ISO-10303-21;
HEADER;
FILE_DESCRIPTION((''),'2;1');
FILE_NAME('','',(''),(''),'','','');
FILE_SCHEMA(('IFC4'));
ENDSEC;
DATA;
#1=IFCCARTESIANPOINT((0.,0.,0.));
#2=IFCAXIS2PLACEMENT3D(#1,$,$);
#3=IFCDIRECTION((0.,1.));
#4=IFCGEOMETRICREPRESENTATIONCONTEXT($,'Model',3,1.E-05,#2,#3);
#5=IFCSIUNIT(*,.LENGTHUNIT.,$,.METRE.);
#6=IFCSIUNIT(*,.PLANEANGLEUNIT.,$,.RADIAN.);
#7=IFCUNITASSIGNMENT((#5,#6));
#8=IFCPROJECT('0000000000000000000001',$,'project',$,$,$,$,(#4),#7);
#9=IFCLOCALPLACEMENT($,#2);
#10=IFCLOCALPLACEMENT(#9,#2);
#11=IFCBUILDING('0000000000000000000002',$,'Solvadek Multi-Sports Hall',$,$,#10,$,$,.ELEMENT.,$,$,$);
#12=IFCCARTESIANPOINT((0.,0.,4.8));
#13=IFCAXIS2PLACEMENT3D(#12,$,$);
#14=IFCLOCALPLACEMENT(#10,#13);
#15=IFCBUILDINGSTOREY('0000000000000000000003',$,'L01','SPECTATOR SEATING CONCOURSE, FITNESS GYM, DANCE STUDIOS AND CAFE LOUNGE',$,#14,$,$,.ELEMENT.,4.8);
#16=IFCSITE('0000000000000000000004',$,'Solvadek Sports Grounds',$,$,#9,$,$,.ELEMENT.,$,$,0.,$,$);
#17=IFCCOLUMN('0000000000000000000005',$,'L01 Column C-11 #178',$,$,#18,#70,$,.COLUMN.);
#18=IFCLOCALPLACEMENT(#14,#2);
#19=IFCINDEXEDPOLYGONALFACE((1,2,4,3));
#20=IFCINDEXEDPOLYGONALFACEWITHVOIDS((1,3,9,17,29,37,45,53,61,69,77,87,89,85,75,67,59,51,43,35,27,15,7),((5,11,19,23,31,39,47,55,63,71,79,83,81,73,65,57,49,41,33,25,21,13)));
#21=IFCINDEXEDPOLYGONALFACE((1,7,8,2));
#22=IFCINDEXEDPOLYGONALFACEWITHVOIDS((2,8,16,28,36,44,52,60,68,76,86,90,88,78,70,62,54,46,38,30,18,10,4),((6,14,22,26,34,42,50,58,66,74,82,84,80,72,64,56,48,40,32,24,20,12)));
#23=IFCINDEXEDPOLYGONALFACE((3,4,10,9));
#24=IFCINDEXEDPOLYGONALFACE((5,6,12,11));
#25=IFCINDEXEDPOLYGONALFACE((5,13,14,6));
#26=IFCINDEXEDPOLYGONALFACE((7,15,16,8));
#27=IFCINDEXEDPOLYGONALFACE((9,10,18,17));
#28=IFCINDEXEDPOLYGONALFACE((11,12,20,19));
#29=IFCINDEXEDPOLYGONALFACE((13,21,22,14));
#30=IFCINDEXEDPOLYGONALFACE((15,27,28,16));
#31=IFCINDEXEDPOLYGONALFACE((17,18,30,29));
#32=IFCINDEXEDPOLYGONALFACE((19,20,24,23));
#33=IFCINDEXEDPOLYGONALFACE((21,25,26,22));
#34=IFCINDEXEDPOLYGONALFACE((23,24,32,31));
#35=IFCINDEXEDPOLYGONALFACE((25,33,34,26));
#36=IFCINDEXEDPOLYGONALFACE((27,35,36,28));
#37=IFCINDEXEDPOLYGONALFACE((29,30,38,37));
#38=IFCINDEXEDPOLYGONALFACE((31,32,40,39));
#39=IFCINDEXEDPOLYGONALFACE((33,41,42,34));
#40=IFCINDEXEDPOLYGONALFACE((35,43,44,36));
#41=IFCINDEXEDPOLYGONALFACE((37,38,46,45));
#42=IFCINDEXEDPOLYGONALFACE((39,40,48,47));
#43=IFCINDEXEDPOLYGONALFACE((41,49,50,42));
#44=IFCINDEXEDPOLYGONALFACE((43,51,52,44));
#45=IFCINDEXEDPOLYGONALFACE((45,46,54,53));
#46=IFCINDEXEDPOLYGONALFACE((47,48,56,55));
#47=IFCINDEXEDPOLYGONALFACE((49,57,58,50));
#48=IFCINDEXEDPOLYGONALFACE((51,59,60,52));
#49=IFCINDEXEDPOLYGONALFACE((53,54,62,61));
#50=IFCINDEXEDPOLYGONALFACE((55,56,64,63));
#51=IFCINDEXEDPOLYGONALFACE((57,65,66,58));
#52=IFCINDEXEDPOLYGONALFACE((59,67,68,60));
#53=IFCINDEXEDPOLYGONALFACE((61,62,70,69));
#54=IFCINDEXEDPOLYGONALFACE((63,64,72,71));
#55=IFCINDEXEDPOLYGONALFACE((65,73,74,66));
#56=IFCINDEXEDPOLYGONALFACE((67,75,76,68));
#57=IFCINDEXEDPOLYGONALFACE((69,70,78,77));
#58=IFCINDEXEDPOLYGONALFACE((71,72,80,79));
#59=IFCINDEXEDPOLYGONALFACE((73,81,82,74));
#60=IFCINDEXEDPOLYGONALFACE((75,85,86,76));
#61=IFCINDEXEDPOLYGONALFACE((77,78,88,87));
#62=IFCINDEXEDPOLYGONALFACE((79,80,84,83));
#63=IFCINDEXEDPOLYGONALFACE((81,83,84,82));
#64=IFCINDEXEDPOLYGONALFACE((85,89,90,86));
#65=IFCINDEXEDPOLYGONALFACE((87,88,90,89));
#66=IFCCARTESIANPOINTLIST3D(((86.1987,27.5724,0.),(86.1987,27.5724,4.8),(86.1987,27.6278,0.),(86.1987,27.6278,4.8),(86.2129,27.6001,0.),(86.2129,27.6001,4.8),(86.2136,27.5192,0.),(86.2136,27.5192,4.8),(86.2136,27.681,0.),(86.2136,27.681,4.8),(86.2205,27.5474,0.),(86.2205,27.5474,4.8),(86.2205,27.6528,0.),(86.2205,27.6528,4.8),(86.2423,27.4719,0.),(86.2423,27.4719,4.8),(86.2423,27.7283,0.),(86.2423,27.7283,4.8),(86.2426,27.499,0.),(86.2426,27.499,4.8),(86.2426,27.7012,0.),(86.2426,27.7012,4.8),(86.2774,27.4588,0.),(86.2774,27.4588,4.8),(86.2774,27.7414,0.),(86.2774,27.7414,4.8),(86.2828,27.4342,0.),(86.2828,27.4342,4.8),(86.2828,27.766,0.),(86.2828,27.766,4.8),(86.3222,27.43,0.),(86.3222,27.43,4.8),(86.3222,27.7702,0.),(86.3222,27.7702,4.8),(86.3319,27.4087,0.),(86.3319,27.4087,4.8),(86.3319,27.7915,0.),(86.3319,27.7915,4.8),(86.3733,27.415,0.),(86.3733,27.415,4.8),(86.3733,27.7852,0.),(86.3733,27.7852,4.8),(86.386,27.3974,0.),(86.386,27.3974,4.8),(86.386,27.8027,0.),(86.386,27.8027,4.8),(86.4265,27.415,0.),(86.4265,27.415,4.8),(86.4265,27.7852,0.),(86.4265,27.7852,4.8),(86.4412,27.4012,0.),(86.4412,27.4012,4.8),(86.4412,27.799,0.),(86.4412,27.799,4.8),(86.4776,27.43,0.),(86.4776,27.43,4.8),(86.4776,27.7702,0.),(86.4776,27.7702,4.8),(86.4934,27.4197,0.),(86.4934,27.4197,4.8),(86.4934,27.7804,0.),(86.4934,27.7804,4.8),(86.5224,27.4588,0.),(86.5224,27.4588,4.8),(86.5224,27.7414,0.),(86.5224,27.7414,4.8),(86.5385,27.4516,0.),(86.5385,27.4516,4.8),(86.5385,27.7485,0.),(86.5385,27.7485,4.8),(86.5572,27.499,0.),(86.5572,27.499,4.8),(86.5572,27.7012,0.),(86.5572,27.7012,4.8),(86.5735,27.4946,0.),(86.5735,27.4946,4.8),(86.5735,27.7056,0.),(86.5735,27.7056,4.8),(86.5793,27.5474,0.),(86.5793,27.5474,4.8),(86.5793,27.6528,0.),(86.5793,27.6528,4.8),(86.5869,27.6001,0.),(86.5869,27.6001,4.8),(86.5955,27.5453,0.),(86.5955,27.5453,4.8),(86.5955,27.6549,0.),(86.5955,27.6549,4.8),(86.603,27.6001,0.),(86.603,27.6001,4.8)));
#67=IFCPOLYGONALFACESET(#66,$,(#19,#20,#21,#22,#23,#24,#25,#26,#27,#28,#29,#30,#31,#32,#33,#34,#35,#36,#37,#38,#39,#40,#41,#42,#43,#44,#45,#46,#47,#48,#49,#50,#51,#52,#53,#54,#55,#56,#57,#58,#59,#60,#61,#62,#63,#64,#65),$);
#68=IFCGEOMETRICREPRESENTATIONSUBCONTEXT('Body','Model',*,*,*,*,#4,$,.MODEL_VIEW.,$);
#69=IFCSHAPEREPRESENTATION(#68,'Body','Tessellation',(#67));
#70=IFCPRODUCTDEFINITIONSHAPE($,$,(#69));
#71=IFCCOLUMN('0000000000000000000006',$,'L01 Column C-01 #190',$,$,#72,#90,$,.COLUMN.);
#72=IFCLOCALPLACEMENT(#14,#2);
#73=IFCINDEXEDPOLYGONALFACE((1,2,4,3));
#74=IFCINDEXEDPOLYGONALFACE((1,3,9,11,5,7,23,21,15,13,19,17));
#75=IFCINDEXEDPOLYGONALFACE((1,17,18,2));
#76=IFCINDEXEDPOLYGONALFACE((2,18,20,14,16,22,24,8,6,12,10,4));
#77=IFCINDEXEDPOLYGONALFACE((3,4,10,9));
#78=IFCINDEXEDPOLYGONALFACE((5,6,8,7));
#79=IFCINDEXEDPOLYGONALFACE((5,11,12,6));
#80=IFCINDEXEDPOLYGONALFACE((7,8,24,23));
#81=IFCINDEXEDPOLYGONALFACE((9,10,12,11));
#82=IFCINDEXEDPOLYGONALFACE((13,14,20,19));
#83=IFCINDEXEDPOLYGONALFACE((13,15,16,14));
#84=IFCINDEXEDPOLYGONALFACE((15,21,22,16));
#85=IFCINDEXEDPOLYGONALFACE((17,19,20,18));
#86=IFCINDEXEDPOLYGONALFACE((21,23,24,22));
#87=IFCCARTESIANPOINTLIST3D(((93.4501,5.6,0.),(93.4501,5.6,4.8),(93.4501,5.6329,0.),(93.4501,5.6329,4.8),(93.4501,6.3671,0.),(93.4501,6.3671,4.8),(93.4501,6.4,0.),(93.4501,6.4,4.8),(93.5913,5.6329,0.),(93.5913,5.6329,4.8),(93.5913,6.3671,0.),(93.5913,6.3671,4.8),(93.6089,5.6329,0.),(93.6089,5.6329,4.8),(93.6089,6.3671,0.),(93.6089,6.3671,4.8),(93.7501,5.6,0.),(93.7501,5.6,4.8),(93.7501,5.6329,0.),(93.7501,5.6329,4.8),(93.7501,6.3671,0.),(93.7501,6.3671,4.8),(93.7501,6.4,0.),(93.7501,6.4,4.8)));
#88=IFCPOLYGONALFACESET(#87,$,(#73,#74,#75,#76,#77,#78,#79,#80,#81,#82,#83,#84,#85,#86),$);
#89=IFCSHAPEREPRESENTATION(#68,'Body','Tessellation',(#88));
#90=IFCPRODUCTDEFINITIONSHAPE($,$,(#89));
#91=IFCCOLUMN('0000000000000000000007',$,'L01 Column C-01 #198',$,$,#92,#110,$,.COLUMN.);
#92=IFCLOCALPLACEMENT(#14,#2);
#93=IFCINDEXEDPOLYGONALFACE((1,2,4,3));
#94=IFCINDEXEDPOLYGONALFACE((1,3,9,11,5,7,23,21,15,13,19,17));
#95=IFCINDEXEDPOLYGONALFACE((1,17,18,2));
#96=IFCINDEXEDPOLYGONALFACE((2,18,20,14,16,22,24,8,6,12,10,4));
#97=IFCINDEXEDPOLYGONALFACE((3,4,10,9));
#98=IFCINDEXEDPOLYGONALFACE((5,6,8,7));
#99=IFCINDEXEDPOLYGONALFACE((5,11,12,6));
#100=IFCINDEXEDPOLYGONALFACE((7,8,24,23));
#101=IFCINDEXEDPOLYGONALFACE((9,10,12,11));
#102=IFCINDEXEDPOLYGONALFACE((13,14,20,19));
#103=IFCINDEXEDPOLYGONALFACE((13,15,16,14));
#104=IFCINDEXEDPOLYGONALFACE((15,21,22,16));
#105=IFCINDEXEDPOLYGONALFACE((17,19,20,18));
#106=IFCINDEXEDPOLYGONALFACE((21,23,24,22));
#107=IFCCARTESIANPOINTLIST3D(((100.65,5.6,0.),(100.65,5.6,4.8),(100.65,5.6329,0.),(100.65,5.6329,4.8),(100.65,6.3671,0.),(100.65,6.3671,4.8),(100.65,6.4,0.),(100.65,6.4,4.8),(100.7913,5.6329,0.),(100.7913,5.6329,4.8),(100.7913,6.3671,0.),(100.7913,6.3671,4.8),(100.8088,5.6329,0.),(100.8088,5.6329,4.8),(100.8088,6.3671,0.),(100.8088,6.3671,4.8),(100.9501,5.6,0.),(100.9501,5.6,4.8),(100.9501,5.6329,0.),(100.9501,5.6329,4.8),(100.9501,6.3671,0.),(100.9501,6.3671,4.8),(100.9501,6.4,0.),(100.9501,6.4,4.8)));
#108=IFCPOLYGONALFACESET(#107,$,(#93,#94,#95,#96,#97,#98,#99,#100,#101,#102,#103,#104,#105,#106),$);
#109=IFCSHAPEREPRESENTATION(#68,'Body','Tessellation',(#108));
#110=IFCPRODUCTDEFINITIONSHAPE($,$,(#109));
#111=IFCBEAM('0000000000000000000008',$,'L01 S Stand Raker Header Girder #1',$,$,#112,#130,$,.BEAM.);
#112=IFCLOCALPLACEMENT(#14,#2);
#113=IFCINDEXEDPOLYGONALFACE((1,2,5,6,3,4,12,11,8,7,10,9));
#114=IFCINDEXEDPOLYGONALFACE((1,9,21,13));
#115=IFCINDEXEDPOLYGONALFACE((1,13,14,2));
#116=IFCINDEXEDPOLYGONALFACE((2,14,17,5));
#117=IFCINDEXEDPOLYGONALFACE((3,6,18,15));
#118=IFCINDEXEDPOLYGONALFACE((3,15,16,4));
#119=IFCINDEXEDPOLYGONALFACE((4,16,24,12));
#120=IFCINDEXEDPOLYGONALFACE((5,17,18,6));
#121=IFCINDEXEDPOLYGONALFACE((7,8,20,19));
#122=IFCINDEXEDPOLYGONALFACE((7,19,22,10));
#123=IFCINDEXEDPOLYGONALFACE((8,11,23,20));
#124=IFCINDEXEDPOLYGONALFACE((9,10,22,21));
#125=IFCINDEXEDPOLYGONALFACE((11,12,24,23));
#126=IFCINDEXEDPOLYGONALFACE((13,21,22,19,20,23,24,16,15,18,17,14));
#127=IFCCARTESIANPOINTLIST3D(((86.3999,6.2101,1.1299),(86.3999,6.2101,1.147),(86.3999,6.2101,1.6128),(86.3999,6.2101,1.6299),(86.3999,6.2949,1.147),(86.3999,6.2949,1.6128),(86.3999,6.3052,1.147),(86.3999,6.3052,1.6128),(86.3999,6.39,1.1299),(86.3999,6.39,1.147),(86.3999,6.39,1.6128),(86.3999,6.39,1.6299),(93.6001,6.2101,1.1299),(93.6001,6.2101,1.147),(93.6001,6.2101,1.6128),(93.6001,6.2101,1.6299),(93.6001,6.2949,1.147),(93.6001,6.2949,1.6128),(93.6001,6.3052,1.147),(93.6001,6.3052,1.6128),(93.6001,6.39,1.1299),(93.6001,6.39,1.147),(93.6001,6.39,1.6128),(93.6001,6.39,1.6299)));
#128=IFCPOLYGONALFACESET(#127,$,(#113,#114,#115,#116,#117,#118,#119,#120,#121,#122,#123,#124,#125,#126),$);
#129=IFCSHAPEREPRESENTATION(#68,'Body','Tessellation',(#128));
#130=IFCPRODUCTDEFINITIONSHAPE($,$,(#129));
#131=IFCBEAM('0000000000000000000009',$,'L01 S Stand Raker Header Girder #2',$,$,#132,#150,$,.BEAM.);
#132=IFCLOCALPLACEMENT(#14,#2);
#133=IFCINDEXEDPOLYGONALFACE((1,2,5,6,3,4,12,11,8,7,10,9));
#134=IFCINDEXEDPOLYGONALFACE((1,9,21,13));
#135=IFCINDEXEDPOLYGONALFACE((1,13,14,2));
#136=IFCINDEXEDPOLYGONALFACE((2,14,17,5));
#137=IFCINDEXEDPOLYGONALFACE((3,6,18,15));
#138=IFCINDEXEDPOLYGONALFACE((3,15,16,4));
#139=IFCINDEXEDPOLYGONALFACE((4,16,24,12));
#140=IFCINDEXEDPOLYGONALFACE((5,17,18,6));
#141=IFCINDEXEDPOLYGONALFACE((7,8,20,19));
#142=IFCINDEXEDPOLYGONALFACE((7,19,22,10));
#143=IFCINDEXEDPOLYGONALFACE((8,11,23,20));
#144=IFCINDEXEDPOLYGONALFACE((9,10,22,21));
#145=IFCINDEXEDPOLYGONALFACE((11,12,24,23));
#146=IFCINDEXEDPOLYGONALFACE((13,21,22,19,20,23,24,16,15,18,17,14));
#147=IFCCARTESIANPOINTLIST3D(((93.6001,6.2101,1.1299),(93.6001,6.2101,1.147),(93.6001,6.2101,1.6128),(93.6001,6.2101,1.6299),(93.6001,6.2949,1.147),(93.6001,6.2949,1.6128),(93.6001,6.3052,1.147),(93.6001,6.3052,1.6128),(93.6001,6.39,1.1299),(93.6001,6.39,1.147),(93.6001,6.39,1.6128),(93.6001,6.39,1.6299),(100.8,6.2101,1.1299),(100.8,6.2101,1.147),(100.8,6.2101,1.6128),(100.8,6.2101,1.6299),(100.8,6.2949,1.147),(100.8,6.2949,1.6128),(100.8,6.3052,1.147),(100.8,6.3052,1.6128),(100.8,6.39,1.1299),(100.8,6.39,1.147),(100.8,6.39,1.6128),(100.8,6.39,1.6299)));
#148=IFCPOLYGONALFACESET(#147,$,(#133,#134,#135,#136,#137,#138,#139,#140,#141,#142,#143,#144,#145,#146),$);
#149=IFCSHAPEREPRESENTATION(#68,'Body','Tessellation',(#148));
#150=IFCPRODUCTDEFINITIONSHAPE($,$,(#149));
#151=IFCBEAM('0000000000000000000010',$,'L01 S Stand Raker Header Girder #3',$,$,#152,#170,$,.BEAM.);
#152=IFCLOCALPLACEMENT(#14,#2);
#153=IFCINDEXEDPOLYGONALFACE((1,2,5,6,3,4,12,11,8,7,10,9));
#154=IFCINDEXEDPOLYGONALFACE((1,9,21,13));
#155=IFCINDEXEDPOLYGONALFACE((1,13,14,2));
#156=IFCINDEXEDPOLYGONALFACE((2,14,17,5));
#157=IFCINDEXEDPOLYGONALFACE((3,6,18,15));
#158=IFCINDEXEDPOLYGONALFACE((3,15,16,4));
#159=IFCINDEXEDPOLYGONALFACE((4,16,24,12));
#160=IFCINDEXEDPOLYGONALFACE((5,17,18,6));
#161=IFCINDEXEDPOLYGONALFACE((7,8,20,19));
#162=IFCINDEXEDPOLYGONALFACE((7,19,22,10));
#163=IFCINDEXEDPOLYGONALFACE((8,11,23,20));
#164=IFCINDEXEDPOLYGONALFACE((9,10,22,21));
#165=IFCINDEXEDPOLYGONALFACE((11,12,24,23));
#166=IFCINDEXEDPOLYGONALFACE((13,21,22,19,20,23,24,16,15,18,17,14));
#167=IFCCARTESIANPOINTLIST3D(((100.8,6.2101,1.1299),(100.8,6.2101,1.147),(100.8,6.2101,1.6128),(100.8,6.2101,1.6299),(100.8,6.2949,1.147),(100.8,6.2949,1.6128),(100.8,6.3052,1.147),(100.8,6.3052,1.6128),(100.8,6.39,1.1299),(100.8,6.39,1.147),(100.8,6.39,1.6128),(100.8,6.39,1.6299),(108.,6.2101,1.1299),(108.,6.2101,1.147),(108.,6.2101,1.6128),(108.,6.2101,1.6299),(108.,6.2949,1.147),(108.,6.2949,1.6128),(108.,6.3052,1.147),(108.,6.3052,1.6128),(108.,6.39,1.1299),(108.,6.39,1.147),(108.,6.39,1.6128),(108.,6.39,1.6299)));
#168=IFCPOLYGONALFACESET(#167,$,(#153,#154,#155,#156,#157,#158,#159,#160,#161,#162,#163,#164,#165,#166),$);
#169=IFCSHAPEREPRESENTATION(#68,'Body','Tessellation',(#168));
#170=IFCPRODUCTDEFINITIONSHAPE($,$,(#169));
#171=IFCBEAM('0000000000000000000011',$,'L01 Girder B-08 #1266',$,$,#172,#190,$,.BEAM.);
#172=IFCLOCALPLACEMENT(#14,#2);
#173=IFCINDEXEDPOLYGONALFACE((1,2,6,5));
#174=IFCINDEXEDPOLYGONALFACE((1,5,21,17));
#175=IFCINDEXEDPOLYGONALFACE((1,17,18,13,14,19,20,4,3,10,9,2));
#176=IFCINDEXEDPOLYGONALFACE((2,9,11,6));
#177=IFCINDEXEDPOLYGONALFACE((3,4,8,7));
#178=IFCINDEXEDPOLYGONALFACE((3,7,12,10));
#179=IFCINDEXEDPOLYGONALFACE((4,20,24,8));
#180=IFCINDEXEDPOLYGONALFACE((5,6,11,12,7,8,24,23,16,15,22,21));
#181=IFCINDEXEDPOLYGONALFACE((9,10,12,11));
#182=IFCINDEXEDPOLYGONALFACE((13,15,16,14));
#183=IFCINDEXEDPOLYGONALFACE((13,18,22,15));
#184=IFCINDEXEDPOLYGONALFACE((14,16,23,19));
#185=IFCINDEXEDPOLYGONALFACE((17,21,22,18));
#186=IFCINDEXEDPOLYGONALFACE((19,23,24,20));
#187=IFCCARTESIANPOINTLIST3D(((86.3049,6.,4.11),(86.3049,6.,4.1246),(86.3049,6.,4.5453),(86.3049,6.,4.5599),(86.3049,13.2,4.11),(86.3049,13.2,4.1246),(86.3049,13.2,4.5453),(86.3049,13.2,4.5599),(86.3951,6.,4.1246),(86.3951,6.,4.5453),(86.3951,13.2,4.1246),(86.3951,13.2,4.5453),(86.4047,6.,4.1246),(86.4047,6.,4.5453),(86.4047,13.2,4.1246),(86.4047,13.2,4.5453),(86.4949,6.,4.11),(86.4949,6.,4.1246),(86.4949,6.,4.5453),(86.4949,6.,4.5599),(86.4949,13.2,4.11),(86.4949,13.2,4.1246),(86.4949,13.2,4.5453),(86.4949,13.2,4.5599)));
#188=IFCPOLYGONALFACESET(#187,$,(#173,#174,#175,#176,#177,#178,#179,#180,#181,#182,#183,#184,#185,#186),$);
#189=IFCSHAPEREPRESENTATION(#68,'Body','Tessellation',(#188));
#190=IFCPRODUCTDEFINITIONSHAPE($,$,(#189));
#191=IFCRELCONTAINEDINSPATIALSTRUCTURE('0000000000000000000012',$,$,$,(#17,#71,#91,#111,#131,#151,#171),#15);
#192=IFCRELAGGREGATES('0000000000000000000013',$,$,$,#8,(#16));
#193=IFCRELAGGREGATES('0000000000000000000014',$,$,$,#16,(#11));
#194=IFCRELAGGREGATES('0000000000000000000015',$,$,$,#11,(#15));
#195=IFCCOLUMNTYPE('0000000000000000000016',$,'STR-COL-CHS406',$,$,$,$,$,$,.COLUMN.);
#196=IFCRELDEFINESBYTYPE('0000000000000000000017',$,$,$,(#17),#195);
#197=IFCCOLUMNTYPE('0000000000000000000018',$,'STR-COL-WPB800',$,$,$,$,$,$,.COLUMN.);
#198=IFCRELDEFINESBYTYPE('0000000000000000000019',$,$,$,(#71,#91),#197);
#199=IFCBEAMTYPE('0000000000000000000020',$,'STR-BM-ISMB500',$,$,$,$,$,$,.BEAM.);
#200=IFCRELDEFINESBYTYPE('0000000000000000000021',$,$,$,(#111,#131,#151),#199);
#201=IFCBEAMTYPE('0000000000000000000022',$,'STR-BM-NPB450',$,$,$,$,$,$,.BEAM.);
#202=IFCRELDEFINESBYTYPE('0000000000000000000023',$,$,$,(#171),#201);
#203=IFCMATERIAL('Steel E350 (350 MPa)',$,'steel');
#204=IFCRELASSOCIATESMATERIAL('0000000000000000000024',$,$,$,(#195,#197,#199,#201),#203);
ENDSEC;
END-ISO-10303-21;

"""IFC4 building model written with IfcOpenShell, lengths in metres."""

from ifc_helpers import new_model, si_unit, direction, frame, origin, origin_2d, place, context, subcontext, project, spatial, hollow_circle, i_section, extrude, material, material_profile, profile_set, type_object, element, save


model = new_model("IFC4")

# Units and contexts
model_context = context("Model", 3, precision=1e-05, world=origin(), true_north=direction((0.0, 1.0)))
body_context = subcontext(model_context, "Body", "Model", "MODEL_VIEW")
ifc_project = project(units=[si_unit("LENGTHUNIT", "METRE"), si_unit("PLANEANGLEUNIT", "RADIAN")], contexts=[model_context])

# Site, building, storey
site_placement = place(None, origin())
site = spatial("IfcSite", under=ifc_project, at=site_placement, Name="Solvadek Sports Grounds", CompositionType="ELEMENT", RefElevation=0.0)
building_placement = place(site_placement, origin())
building = spatial("IfcBuilding", under=site, at=building_placement, Name="Solvadek Multi-Sports Hall", CompositionType="ELEMENT")
storey_placement = place(building_placement, frame((0.0, 0.0, 4.8)))
storey = spatial("IfcBuildingStorey", under=building, at=storey_placement, Name="L01", Description="SPECTATOR SEATING CONCOURSE, FITNESS GYM, DANCE STUDIOS AND CAFE LOUNGE", CompositionType="ELEMENT", Elevation=4.8)

# Columns
ifc_material_1 = material(Name="Steel E350 (350 MPa)", Category="steel")
ifc_material_profile_1 = material_profile(ifc_material_1, hollow_circle(Radius=0.2031, WallThickness=0.0161, at=origin_2d()), Name="CHS 406.4x16")
ifc_profile_set_1 = profile_set([ifc_material_profile_1], Name="Steel E350 (350 MPa)")
column_type_1 = type_object("IfcColumnType", Name="STR-COL-CHS406", PredefinedType="COLUMN", material=ifc_profile_set_1)
for number, where, z_axis, x_axis, name in (
    (1, (86.3999, 27.6001, 0.0), (0.0, 0.0, 1.0), (1.0, 0.0, 0.0), "L01 Column C-11 #178"),
):
    element("IfcColumn", number, at=place(storey_placement, frame(where, z_axis=z_axis, x_axis=x_axis)), inside=storey, type_object=column_type_1, Name=name, PredefinedType="COLUMN", context=body_context, shape_type="SweptSolid", body=[
        extrude(hollow_circle(Radius=0.2031, WallThickness=0.0161, at=origin_2d()), origin(), (0.0, 0.0, 1.0), 4.8),
    ])
ifc_material_profile_2 = material_profile(ifc_material_1, i_section(OverallWidth=0.3, OverallDepth=0.8, WebThickness=0.0176, FlangeThickness=0.033, at=origin_2d()), Name="WPB 800")
ifc_profile_set_2 = profile_set([ifc_material_profile_2], Name="Steel E350 (350 MPa)")
column_type_2 = type_object("IfcColumnType", Name="STR-COL-WPB800", PredefinedType="COLUMN", material=ifc_profile_set_2)
for number, where, z_axis, x_axis, name in (
    (2, (93.6001, 6.0, 0.0), (0.0, 0.0, 1.0), (1.0, 0.0, 0.0), "L01 Column C-01 #190"),
    (3, (100.8, 6.0, 0.0), (0.0, 0.0, 1.0), (1.0, 0.0, 0.0), "L01 Column C-01 #198"),
):
    element("IfcColumn", number, at=place(storey_placement, frame(where, z_axis=z_axis, x_axis=x_axis)), inside=storey, type_object=column_type_2, Name=name, PredefinedType="COLUMN", context=body_context, shape_type="SweptSolid", body=[
        extrude(i_section(OverallWidth=0.3, OverallDepth=0.8, WebThickness=0.0176, FlangeThickness=0.033, at=origin_2d()), origin(), (0.0, 0.0, 1.0), 4.8),
    ])

# Beams
ifc_material_profile_3 = material_profile(ifc_material_1, i_section(OverallWidth=0.1799, OverallDepth=0.5, WebThickness=0.0103, FlangeThickness=0.0171, at=origin_2d()), Name="ISMB 500")
ifc_profile_set_3 = profile_set([ifc_material_profile_3], Name="Steel E350 (350 MPa)")
beam_type_1 = type_object("IfcBeamType", Name="STR-BM-ISMB500", PredefinedType="BEAM", material=ifc_profile_set_3)
beam_1_placement = place(storey_placement, frame((86.3999, 6.3, 1.3799), z_axis=(1.0, 0.0, 0.0), x_axis=(0.0, 1.0, 0.0)))
element("IfcBeam", 4, at=beam_1_placement, inside=storey, type_object=beam_type_1, Name="L01 S Stand Raker Header Girder #1", PredefinedType="BEAM", context=body_context, shape_type="SweptSolid", body=[
    extrude(i_section(OverallWidth=0.1799, OverallDepth=0.5, WebThickness=0.0103, FlangeThickness=0.0171, at=origin_2d()), origin(), (0.0, 0.0, 1.0), 7.2002),
])
for number, where, z_axis, x_axis, name in (
    (5, (93.6001, 6.3, 1.3799), (1.0, 0.0, 0.0), (0.0, 1.0, 0.0), "L01 S Stand Raker Header Girder #2"),
    (6, (100.8, 6.3, 1.3799), (1.0, 0.0, 0.0), (0.0, 1.0, 0.0), "L01 S Stand Raker Header Girder #3"),
):
    element("IfcBeam", number, at=place(storey_placement, frame(where, z_axis=z_axis, x_axis=x_axis)), inside=storey, type_object=beam_type_1, Name=name, PredefinedType="BEAM", context=body_context, shape_type="SweptSolid", body=[
        extrude(i_section(OverallWidth=0.1799, OverallDepth=0.5, WebThickness=0.0103, FlangeThickness=0.0171, at=origin_2d()), origin(), (0.0, 0.0, 1.0), 7.2),
    ])
ifc_material_profile_4 = material_profile(ifc_material_1, i_section(OverallWidth=0.1899, OverallDepth=0.45, WebThickness=0.0095, FlangeThickness=0.0146, at=origin_2d()), Name="NPB 450")
ifc_profile_set_4 = profile_set([ifc_material_profile_4], Name="Steel E350 (350 MPa)")
beam_type_2 = type_object("IfcBeamType", Name="STR-BM-NPB450", PredefinedType="BEAM", material=ifc_profile_set_4)
for number, where, z_axis, x_axis, name in (
    (7, (86.3999, 6.0, 4.335), (0.0, 1.0, 0.0), (-1.0, 0.0, 0.0), "L01 Girder B-08 #1266"),
):
    element("IfcBeam", number, at=place(storey_placement, frame(where, z_axis=z_axis, x_axis=x_axis)), inside=storey, type_object=beam_type_2, Name=name, PredefinedType="BEAM", context=body_context, shape_type="SweptSolid", body=[
        extrude(i_section(OverallWidth=0.1899, OverallDepth=0.45, WebThickness=0.0095, FlangeThickness=0.0146, at=origin_2d()), origin(), (0.0, 0.0, 1.0), 7.2),
    ])

save(model, "model.ifc")
